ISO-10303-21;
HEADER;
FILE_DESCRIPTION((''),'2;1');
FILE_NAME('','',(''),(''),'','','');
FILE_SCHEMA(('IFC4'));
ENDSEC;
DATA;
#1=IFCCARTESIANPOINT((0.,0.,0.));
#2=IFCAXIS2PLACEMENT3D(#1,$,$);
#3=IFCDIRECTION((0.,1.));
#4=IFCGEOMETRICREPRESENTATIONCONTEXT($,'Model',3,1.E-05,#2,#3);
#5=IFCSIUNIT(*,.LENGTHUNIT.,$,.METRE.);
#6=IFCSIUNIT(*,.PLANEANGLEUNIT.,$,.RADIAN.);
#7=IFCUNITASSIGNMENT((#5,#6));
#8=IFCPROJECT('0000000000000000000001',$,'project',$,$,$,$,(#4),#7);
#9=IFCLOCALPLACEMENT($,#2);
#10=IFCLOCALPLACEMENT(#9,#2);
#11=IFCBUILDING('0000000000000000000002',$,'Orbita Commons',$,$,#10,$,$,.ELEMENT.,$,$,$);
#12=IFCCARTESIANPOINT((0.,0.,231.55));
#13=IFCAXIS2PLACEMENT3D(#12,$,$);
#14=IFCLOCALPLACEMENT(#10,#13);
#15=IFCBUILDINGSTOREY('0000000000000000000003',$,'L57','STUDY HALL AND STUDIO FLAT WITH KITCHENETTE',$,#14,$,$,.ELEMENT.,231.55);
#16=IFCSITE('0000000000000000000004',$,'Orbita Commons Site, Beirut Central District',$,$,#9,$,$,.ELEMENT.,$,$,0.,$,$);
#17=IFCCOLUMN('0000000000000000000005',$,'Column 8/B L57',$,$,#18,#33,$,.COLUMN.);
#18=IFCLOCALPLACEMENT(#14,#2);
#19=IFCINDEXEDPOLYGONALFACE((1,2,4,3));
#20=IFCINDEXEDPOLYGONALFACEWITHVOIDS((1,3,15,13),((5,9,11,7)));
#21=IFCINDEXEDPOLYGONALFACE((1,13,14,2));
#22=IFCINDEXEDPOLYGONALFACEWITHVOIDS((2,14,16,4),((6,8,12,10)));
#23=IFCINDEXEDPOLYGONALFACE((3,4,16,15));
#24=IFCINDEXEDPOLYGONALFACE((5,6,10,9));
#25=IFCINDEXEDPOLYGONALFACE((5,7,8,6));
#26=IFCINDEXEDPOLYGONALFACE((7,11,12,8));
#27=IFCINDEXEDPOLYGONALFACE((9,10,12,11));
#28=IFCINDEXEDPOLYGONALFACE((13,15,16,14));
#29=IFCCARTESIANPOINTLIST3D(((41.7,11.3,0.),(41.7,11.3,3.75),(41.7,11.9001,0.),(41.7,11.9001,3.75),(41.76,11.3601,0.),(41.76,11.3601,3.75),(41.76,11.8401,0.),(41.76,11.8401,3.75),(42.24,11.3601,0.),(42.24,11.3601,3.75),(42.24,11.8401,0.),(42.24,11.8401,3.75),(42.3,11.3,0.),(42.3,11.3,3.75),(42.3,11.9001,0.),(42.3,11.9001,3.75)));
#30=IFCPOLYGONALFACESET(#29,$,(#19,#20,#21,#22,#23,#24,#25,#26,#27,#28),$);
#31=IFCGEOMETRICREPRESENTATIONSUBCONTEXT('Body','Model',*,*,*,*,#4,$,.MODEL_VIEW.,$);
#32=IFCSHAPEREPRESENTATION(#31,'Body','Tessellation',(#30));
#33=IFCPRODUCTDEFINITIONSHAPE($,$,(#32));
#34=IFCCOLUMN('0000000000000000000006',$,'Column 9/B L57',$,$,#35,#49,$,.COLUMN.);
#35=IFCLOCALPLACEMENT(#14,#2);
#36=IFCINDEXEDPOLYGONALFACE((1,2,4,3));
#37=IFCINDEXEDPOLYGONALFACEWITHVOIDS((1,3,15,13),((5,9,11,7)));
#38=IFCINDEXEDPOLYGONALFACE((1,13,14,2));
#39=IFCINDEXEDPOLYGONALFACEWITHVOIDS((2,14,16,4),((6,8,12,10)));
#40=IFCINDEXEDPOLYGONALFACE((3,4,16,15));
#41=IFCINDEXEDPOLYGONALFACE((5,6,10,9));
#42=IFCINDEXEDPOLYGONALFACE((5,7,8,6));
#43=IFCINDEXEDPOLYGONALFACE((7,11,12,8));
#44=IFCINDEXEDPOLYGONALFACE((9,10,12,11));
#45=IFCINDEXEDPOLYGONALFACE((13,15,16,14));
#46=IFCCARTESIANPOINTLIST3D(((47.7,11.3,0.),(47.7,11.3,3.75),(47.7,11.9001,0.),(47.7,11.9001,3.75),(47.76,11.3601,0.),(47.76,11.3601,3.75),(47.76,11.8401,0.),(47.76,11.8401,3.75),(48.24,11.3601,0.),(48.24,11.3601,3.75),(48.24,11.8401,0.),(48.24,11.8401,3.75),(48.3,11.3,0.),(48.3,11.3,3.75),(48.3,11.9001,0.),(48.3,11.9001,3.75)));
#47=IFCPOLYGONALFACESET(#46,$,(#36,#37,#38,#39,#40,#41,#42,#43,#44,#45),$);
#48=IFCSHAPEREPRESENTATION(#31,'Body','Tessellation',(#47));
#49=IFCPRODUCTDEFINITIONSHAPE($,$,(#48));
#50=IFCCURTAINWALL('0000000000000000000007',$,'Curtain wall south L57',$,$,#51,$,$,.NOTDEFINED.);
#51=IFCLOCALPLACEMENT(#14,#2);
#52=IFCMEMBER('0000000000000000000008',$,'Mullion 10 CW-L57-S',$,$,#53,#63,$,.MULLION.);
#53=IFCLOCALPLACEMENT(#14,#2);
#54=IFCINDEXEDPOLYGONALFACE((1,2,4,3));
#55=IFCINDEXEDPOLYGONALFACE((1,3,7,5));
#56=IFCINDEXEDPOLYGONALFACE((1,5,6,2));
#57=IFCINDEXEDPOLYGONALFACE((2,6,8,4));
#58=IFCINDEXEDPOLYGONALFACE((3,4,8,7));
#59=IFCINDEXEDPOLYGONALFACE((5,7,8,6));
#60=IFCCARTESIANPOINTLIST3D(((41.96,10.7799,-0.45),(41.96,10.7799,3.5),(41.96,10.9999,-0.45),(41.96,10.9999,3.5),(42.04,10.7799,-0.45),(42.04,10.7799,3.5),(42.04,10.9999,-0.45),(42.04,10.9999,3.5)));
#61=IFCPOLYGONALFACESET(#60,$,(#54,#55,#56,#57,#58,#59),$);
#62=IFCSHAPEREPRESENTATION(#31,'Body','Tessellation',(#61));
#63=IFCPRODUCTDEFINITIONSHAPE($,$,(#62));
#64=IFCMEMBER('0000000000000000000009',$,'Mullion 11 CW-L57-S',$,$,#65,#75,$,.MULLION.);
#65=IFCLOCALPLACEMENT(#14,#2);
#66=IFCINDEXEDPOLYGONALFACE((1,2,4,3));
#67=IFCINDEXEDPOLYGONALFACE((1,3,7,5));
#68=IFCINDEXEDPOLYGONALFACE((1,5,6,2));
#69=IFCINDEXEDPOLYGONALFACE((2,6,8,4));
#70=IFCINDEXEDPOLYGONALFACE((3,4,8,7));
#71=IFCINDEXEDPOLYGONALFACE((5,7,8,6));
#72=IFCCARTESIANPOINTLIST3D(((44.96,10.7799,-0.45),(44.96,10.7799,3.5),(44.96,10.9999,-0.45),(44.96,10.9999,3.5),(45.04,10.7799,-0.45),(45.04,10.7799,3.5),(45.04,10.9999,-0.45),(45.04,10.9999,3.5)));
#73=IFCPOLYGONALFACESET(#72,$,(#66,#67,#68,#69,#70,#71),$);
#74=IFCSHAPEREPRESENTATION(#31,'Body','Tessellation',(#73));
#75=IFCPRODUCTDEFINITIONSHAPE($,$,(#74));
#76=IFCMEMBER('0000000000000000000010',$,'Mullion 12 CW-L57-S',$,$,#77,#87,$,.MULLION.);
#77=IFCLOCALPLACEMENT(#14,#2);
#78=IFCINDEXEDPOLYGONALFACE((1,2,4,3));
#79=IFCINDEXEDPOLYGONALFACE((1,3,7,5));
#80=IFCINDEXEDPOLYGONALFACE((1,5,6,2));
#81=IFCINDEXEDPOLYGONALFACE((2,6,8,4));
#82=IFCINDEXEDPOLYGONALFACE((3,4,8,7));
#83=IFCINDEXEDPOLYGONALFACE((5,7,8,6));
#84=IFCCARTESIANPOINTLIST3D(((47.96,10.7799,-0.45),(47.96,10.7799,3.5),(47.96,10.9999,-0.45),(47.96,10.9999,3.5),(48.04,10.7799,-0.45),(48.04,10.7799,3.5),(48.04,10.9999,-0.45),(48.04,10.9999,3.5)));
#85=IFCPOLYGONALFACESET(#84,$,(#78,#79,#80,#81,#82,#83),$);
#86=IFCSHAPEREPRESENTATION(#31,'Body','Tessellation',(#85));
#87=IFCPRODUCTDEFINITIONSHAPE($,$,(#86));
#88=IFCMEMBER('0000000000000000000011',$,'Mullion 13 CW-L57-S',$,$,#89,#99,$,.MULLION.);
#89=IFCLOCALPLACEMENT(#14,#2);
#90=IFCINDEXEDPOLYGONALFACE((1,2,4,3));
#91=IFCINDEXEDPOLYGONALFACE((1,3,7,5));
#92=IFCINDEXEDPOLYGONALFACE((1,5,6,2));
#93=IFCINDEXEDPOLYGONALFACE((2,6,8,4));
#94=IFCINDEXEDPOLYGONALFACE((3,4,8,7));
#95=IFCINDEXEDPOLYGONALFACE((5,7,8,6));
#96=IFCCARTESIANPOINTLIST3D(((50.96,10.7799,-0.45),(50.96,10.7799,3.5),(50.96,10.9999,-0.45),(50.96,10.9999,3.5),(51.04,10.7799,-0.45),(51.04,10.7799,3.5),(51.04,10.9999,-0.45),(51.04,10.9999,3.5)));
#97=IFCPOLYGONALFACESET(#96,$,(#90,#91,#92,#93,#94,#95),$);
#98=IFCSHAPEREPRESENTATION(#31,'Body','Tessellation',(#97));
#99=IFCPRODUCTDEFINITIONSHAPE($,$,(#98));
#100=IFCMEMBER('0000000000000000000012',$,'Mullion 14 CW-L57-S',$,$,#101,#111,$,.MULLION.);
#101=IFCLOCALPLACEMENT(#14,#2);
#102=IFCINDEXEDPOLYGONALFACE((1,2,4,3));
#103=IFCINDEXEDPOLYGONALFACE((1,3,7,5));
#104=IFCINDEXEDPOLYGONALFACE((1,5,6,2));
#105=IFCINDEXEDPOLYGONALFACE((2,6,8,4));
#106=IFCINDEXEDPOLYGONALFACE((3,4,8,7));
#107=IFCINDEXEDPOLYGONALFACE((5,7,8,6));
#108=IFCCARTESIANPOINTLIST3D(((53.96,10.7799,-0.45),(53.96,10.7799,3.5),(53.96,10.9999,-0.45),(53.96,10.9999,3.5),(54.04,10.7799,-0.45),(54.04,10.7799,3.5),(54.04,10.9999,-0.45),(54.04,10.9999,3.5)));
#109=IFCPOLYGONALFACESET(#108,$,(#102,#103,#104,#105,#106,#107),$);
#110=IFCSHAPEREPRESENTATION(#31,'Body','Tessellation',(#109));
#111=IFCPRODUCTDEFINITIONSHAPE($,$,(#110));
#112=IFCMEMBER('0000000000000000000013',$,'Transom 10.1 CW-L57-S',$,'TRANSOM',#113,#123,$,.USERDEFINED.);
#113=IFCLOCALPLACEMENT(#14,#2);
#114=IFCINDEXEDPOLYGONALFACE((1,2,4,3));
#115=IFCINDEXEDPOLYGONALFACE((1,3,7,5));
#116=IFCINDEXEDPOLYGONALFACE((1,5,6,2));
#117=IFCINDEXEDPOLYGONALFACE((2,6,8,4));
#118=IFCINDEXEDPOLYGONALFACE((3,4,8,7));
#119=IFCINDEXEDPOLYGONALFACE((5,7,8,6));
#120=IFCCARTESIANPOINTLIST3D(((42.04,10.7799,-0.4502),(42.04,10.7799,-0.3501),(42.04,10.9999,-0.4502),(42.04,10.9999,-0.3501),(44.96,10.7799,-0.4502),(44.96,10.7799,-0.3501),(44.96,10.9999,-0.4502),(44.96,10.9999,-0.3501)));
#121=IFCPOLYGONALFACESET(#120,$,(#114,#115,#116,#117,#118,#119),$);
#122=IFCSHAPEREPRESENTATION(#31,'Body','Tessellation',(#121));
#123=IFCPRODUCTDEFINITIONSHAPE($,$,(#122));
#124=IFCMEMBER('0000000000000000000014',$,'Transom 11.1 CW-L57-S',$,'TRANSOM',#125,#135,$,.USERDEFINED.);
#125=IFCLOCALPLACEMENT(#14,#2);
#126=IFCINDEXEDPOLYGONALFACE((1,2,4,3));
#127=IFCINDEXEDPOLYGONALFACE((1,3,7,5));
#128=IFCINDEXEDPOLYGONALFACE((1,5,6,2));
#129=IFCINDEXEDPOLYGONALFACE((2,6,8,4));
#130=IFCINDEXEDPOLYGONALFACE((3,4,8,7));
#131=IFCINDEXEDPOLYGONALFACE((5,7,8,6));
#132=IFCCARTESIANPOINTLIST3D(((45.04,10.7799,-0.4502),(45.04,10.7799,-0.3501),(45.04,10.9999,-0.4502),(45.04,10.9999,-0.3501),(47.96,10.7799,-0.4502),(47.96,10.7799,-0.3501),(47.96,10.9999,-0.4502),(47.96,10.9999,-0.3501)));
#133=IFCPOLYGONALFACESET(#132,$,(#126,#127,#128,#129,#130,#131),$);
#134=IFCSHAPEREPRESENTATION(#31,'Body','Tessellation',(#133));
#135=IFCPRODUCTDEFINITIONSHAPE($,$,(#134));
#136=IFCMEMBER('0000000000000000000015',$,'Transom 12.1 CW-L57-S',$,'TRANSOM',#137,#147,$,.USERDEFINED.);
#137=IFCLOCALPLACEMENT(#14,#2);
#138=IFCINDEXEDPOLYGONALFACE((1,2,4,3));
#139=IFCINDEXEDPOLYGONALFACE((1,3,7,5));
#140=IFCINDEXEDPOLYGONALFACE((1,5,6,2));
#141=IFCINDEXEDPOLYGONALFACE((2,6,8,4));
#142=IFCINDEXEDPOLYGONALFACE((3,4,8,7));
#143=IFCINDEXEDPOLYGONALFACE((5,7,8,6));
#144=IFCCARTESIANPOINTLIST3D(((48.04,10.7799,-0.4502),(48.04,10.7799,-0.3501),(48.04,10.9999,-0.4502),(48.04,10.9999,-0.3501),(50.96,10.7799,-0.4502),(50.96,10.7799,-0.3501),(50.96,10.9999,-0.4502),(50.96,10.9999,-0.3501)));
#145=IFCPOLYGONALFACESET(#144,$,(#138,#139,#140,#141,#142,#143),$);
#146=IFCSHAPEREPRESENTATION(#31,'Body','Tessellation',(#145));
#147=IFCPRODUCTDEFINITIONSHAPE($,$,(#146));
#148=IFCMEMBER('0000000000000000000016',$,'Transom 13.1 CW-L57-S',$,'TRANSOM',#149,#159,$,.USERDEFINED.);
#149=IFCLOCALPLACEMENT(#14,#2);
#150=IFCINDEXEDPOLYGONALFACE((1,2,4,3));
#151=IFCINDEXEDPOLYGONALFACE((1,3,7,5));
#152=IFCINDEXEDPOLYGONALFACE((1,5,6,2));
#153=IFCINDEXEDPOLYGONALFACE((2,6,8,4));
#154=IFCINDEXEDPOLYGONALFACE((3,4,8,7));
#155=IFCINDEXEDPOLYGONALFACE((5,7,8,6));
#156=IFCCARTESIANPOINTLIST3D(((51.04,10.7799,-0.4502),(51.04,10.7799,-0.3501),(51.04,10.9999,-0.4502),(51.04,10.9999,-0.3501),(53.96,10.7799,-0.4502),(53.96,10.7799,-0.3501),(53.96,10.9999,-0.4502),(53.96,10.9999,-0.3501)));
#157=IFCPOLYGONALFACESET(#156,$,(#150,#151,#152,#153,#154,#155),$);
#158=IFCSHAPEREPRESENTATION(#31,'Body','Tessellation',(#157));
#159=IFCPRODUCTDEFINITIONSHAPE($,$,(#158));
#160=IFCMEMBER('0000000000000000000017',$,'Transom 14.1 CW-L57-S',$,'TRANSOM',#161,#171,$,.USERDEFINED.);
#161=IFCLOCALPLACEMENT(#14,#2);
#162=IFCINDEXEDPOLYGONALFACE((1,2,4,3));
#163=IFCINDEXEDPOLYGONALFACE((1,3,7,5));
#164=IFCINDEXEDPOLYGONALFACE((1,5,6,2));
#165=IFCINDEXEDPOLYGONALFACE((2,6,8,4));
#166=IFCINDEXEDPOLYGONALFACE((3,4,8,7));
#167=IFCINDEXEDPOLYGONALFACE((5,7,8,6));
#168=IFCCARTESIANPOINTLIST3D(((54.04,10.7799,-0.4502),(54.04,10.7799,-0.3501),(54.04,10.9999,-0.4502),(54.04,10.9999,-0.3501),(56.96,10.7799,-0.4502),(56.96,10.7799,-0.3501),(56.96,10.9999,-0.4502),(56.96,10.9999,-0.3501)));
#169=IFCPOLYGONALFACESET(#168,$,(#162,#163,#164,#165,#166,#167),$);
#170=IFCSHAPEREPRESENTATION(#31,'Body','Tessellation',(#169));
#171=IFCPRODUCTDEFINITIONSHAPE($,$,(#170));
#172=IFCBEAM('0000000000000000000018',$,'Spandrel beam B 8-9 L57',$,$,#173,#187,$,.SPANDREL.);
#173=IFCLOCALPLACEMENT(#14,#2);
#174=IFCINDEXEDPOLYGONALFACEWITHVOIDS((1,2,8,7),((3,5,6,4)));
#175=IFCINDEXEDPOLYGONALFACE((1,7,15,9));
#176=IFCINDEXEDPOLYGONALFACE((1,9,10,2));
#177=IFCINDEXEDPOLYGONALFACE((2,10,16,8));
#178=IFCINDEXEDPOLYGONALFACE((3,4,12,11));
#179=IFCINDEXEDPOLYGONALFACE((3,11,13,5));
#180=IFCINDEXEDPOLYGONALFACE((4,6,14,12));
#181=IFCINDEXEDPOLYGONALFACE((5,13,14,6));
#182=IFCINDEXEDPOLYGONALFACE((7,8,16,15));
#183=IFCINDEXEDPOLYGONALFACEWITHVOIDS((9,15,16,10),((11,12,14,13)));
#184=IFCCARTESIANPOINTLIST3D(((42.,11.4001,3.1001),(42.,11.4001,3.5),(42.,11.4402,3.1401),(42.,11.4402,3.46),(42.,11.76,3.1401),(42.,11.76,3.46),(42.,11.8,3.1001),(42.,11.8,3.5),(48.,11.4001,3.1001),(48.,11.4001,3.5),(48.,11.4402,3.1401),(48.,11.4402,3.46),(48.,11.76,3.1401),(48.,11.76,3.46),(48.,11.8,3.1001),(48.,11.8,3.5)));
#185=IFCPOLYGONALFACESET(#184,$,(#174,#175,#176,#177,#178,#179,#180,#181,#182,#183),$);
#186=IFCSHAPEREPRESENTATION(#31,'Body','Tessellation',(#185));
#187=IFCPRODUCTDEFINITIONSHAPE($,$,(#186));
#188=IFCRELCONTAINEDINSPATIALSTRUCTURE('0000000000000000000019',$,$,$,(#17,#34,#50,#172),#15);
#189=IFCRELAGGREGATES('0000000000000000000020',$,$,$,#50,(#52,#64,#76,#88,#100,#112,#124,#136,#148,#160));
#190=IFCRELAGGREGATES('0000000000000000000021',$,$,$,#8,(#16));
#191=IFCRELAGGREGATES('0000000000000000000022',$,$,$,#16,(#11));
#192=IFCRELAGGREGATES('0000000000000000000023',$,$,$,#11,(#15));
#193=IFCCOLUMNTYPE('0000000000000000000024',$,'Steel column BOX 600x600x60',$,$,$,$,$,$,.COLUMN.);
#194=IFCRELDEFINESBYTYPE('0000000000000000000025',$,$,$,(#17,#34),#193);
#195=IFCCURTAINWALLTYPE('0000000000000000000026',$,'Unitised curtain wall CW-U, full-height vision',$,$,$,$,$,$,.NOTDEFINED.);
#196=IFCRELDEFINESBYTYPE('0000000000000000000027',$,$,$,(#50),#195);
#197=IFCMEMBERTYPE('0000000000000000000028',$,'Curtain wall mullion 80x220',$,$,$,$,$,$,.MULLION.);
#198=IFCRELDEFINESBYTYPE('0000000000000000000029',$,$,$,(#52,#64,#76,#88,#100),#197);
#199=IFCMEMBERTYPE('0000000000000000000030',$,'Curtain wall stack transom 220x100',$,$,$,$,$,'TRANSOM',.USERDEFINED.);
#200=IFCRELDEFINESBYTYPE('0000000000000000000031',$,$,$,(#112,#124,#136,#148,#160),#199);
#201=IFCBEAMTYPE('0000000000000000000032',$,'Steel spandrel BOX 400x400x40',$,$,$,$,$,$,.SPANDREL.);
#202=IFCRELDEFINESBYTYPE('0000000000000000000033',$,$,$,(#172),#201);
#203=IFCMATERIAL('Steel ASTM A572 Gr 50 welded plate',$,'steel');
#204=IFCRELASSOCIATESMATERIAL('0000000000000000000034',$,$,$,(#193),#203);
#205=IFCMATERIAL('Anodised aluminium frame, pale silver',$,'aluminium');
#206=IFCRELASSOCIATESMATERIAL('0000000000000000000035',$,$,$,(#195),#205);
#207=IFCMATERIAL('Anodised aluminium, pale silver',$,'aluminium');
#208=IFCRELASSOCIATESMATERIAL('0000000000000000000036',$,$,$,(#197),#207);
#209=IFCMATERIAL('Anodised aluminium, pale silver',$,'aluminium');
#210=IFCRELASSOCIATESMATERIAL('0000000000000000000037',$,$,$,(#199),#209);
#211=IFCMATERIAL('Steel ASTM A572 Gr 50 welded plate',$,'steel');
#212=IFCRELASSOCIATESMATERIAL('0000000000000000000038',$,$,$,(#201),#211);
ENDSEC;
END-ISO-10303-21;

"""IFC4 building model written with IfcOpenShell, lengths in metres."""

from ifc_helpers import new_model, si_unit, direction, frame, origin, origin_2d, place, context, subcontext, project, spatial, rectangle, hollow_rectangle, extrude, material, material_profile, profile_set, type_object, element, aggregate, save


model = new_model("IFC4")

# Units and contexts
model_context = context("Model", 3, precision=1e-05, world=origin(), true_north=direction((0.0, 1.0)))
body_context = subcontext(model_context, "Body", "Model", "MODEL_VIEW")
ifc_project = project(units=[si_unit("LENGTHUNIT", "METRE"), si_unit("PLANEANGLEUNIT", "RADIAN")], contexts=[model_context])

# Site, building, storey
site_placement = place(None, origin())
site = spatial("IfcSite", under=ifc_project, at=site_placement, Name="Orbita Commons Site, Beirut Central District", CompositionType="ELEMENT", RefElevation=0.0)
building_placement = place(site_placement, origin())
building = spatial("IfcBuilding", under=site, at=building_placement, Name="Orbita Commons", CompositionType="ELEMENT")
storey_placement = place(building_placement, frame((0.0, 0.0, 231.55)))
storey = spatial("IfcBuildingStorey", under=building, at=storey_placement, Name="L57", Description="STUDY HALL AND STUDIO FLAT WITH KITCHENETTE", CompositionType="ELEMENT", Elevation=231.55)

# Columns
ifc_material_1 = material(Name="Steel ASTM A572 Gr 50 welded plate", Category="steel")
ifc_material_profile_1 = material_profile(ifc_material_1, hollow_rectangle(XDim=0.6001, YDim=0.6001, WallThickness=0.0601, at=origin_2d()), Name="BOX 600x600x60")
ifc_profile_set_1 = profile_set([ifc_material_profile_1], Name="Steel ASTM A572 Gr 50 welded plate")
column_type = type_object("IfcColumnType", Name="Steel column BOX 600x600x60", PredefinedType="COLUMN", material=ifc_profile_set_1)
for number, where, z_axis, x_axis, name in (
    (1, (42.0, 11.6001, 0.0), (0.0, 0.0, 1.0), (1.0, 0.0, 0.0), "Column 8/B L57"),
    (2, (48.0, 11.6001, 0.0), (0.0, 0.0, 1.0), (1.0, 0.0, 0.0), "Column 9/B L57"),
):
    element("IfcColumn", number, at=place(storey_placement, frame(where, z_axis=z_axis, x_axis=x_axis)), inside=storey, type_object=column_type, Name=name, PredefinedType="COLUMN", context=body_context, shape_type="SweptSolid", body=[
        extrude(hollow_rectangle(XDim=0.6001, YDim=0.6001, WallThickness=0.0601, at=origin_2d()), origin(), (0.0, 0.0, 1.0), 3.75),
    ])

# Curtain wall, members
ifc_material_2 = material(Name="Anodised aluminium frame, pale silver", Category="aluminium")
curtain_wall_type = type_object("IfcCurtainWallType", Name="Unitised curtain wall CW-U, full-height vision", PredefinedType="NOTDEFINED", material=ifc_material_2)
curtain_wall_placement = place(storey_placement, origin())
curtain_wall = element("IfcCurtainWall", 3, at=curtain_wall_placement, inside=storey, type_object=curtain_wall_type, Name="Curtain wall south L57", PredefinedType="NOTDEFINED")
ifc_material_3 = material(Name="Anodised aluminium, pale silver", Category="aluminium")
ifc_material_profile_2 = material_profile(ifc_material_3, rectangle(XDim=0.0801, YDim=0.22, at=origin_2d()), Name="AL 80x220")
ifc_profile_set_2 = profile_set([ifc_material_profile_2], Name="Anodised aluminium, pale silver")
member_type_1 = type_object("IfcMemberType", Name="Curtain wall mullion 80x220", PredefinedType="MULLION", material=ifc_profile_set_2)
member_1_placement = place(storey_placement, frame((42.0, 10.8899, -0.45), z_axis=(0.0, 0.0, 1.0), x_axis=(1.0, 0.0, 0.0)))
member_1 = element("IfcMember", 4, at=member_1_placement, type_object=member_type_1, Name="Mullion 10 CW-L57-S", PredefinedType="MULLION", context=body_context, shape_type="SweptSolid", body=[
    extrude(rectangle(XDim=0.0801, YDim=0.22, at=origin_2d()), origin(), (0.0, 0.0, 1.0), 3.95),
])
member_2_placement = place(storey_placement, frame((45.0, 10.8899, -0.45), z_axis=(0.0, 0.0, 1.0), x_axis=(1.0, 0.0, 0.0)))
member_2 = element("IfcMember", 5, at=member_2_placement, type_object=member_type_1, Name="Mullion 11 CW-L57-S", PredefinedType="MULLION", context=body_context, shape_type="SweptSolid", body=[
    extrude(rectangle(XDim=0.0801, YDim=0.22, at=origin_2d()), origin(), (0.0, 0.0, 1.0), 3.95),
])
member_3_placement = place(storey_placement, frame((48.0, 10.8899, -0.45), z_axis=(0.0, 0.0, 1.0), x_axis=(1.0, 0.0, 0.0)))
member_3 = element("IfcMember", 6, at=member_3_placement, type_object=member_type_1, Name="Mullion 12 CW-L57-S", PredefinedType="MULLION", context=body_context, shape_type="SweptSolid", body=[
    extrude(rectangle(XDim=0.0801, YDim=0.22, at=origin_2d()), origin(), (0.0, 0.0, 1.0), 3.95),
])
member_4_placement = place(storey_placement, frame((51.0, 10.8899, -0.45), z_axis=(0.0, 0.0, 1.0), x_axis=(1.0, 0.0, 0.0)))
member_4 = element("IfcMember", 7, at=member_4_placement, type_object=member_type_1, Name="Mullion 13 CW-L57-S", PredefinedType="MULLION", context=body_context, shape_type="SweptSolid", body=[
    extrude(rectangle(XDim=0.0801, YDim=0.22, at=origin_2d()), origin(), (0.0, 0.0, 1.0), 3.95),
])
member_5_placement = place(storey_placement, frame((54.0, 10.8899, -0.45), z_axis=(0.0, 0.0, 1.0), x_axis=(1.0, 0.0, 0.0)))
member_5 = element("IfcMember", 8, at=member_5_placement, type_object=member_type_1, Name="Mullion 14 CW-L57-S", PredefinedType="MULLION", context=body_context, shape_type="SweptSolid", body=[
    extrude(rectangle(XDim=0.0801, YDim=0.22, at=origin_2d()), origin(), (0.0, 0.0, 1.0), 3.95),
])
ifc_material_4 = material(Name="Anodised aluminium, pale silver", Category="aluminium")
ifc_material_profile_3 = material_profile(ifc_material_4, rectangle(XDim=0.22, YDim=0.1001, at=origin_2d()), Name="AL 220x100")
ifc_profile_set_3 = profile_set([ifc_material_profile_3], Name="Anodised aluminium, pale silver")
member_type_2 = type_object("IfcMemberType", Name="Curtain wall stack transom 220x100", ElementType="TRANSOM", PredefinedType="USERDEFINED", material=ifc_profile_set_3)
member_6_placement = place(storey_placement, frame((42.04, 10.8899, -0.4001), z_axis=(1.0, 0.0, 0.0), x_axis=(0.0, 1.0, 0.0)))
member_6 = element("IfcMember", 9, at=member_6_placement, type_object=member_type_2, Name="Transom 10.1 CW-L57-S", ObjectType="TRANSOM", PredefinedType="USERDEFINED", context=body_context, shape_type="SweptSolid", body=[
    extrude(rectangle(XDim=0.22, YDim=0.1001, at=origin_2d()), origin(), (0.0, 0.0, 1.0), 2.9199),
])
member_7_placement = place(storey_placement, frame((45.04, 10.8899, -0.4001), z_axis=(1.0, 0.0, 0.0), x_axis=(0.0, 1.0, 0.0)))
member_7 = element("IfcMember", 10, at=member_7_placement, type_object=member_type_2, Name="Transom 11.1 CW-L57-S", ObjectType="TRANSOM", PredefinedType="USERDEFINED", context=body_context, shape_type="SweptSolid", body=[
    extrude(rectangle(XDim=0.22, YDim=0.1001, at=origin_2d()), origin(), (0.0, 0.0, 1.0), 2.9199),
])
member_8_placement = place(storey_placement, frame((48.04, 10.8899, -0.4001), z_axis=(1.0, 0.0, 0.0), x_axis=(0.0, 1.0, 0.0)))
member_8 = element("IfcMember", 11, at=member_8_placement, type_object=member_type_2, Name="Transom 12.1 CW-L57-S", ObjectType="TRANSOM", PredefinedType="USERDEFINED", context=body_context, shape_type="SweptSolid", body=[
    extrude(rectangle(XDim=0.22, YDim=0.1001, at=origin_2d()), origin(), (0.0, 0.0, 1.0), 2.9199),
])
member_9_placement = place(storey_placement, frame((51.04, 10.8899, -0.4001), z_axis=(1.0, 0.0, 0.0), x_axis=(0.0, 1.0, 0.0)))
member_9 = element("IfcMember", 12, at=member_9_placement, type_object=member_type_2, Name="Transom 13.1 CW-L57-S", ObjectType="TRANSOM", PredefinedType="USERDEFINED", context=body_context, shape_type="SweptSolid", body=[
    extrude(rectangle(XDim=0.22, YDim=0.1001, at=origin_2d()), origin(), (0.0, 0.0, 1.0), 2.9199),
])
member_10_placement = place(storey_placement, frame((54.04, 10.8899, -0.4001), z_axis=(1.0, 0.0, 0.0), x_axis=(0.0, 1.0, 0.0)))
member_10 = element("IfcMember", 13, at=member_10_placement, type_object=member_type_2, Name="Transom 14.1 CW-L57-S", ObjectType="TRANSOM", PredefinedType="USERDEFINED", context=body_context, shape_type="SweptSolid", body=[
    extrude(rectangle(XDim=0.22, YDim=0.1001, at=origin_2d()), origin(), (0.0, 0.0, 1.0), 2.9199),
])

# Beam
ifc_material_5 = material(Name="Steel ASTM A572 Gr 50 welded plate", Category="steel")
ifc_material_profile_4 = material_profile(ifc_material_5, hollow_rectangle(XDim=0.3999, YDim=0.3999, WallThickness=0.04, at=origin_2d()), Name="BOX 400x400x40")
ifc_profile_set_4 = profile_set([ifc_material_profile_4], Name="Steel ASTM A572 Gr 50 welded plate")
beam_type = type_object("IfcBeamType", Name="Steel spandrel BOX 400x400x40", PredefinedType="SPANDREL", material=ifc_profile_set_4)
for number, where, z_axis, x_axis, name in (
    (14, (42.0, 11.6001, 3.3), (1.0, 0.0, 0.0), (0.0, 1.0, 0.0), "Spandrel beam B 8-9 L57"),
):
    element("IfcBeam", number, at=place(storey_placement, frame(where, z_axis=z_axis, x_axis=x_axis)), inside=storey, type_object=beam_type, Name=name, PredefinedType="SPANDREL", context=body_context, shape_type="SweptSolid", body=[
        extrude(hollow_rectangle(XDim=0.3999, YDim=0.3999, WallThickness=0.04, at=origin_2d()), origin(), (0.0, 0.0, 1.0), 6.0),
    ])

aggregate(curtain_wall, [member_1, member_2, member_3, member_4, member_5, member_6, member_7, member_8, member_9, member_10])

save(model, "model.ifc")
